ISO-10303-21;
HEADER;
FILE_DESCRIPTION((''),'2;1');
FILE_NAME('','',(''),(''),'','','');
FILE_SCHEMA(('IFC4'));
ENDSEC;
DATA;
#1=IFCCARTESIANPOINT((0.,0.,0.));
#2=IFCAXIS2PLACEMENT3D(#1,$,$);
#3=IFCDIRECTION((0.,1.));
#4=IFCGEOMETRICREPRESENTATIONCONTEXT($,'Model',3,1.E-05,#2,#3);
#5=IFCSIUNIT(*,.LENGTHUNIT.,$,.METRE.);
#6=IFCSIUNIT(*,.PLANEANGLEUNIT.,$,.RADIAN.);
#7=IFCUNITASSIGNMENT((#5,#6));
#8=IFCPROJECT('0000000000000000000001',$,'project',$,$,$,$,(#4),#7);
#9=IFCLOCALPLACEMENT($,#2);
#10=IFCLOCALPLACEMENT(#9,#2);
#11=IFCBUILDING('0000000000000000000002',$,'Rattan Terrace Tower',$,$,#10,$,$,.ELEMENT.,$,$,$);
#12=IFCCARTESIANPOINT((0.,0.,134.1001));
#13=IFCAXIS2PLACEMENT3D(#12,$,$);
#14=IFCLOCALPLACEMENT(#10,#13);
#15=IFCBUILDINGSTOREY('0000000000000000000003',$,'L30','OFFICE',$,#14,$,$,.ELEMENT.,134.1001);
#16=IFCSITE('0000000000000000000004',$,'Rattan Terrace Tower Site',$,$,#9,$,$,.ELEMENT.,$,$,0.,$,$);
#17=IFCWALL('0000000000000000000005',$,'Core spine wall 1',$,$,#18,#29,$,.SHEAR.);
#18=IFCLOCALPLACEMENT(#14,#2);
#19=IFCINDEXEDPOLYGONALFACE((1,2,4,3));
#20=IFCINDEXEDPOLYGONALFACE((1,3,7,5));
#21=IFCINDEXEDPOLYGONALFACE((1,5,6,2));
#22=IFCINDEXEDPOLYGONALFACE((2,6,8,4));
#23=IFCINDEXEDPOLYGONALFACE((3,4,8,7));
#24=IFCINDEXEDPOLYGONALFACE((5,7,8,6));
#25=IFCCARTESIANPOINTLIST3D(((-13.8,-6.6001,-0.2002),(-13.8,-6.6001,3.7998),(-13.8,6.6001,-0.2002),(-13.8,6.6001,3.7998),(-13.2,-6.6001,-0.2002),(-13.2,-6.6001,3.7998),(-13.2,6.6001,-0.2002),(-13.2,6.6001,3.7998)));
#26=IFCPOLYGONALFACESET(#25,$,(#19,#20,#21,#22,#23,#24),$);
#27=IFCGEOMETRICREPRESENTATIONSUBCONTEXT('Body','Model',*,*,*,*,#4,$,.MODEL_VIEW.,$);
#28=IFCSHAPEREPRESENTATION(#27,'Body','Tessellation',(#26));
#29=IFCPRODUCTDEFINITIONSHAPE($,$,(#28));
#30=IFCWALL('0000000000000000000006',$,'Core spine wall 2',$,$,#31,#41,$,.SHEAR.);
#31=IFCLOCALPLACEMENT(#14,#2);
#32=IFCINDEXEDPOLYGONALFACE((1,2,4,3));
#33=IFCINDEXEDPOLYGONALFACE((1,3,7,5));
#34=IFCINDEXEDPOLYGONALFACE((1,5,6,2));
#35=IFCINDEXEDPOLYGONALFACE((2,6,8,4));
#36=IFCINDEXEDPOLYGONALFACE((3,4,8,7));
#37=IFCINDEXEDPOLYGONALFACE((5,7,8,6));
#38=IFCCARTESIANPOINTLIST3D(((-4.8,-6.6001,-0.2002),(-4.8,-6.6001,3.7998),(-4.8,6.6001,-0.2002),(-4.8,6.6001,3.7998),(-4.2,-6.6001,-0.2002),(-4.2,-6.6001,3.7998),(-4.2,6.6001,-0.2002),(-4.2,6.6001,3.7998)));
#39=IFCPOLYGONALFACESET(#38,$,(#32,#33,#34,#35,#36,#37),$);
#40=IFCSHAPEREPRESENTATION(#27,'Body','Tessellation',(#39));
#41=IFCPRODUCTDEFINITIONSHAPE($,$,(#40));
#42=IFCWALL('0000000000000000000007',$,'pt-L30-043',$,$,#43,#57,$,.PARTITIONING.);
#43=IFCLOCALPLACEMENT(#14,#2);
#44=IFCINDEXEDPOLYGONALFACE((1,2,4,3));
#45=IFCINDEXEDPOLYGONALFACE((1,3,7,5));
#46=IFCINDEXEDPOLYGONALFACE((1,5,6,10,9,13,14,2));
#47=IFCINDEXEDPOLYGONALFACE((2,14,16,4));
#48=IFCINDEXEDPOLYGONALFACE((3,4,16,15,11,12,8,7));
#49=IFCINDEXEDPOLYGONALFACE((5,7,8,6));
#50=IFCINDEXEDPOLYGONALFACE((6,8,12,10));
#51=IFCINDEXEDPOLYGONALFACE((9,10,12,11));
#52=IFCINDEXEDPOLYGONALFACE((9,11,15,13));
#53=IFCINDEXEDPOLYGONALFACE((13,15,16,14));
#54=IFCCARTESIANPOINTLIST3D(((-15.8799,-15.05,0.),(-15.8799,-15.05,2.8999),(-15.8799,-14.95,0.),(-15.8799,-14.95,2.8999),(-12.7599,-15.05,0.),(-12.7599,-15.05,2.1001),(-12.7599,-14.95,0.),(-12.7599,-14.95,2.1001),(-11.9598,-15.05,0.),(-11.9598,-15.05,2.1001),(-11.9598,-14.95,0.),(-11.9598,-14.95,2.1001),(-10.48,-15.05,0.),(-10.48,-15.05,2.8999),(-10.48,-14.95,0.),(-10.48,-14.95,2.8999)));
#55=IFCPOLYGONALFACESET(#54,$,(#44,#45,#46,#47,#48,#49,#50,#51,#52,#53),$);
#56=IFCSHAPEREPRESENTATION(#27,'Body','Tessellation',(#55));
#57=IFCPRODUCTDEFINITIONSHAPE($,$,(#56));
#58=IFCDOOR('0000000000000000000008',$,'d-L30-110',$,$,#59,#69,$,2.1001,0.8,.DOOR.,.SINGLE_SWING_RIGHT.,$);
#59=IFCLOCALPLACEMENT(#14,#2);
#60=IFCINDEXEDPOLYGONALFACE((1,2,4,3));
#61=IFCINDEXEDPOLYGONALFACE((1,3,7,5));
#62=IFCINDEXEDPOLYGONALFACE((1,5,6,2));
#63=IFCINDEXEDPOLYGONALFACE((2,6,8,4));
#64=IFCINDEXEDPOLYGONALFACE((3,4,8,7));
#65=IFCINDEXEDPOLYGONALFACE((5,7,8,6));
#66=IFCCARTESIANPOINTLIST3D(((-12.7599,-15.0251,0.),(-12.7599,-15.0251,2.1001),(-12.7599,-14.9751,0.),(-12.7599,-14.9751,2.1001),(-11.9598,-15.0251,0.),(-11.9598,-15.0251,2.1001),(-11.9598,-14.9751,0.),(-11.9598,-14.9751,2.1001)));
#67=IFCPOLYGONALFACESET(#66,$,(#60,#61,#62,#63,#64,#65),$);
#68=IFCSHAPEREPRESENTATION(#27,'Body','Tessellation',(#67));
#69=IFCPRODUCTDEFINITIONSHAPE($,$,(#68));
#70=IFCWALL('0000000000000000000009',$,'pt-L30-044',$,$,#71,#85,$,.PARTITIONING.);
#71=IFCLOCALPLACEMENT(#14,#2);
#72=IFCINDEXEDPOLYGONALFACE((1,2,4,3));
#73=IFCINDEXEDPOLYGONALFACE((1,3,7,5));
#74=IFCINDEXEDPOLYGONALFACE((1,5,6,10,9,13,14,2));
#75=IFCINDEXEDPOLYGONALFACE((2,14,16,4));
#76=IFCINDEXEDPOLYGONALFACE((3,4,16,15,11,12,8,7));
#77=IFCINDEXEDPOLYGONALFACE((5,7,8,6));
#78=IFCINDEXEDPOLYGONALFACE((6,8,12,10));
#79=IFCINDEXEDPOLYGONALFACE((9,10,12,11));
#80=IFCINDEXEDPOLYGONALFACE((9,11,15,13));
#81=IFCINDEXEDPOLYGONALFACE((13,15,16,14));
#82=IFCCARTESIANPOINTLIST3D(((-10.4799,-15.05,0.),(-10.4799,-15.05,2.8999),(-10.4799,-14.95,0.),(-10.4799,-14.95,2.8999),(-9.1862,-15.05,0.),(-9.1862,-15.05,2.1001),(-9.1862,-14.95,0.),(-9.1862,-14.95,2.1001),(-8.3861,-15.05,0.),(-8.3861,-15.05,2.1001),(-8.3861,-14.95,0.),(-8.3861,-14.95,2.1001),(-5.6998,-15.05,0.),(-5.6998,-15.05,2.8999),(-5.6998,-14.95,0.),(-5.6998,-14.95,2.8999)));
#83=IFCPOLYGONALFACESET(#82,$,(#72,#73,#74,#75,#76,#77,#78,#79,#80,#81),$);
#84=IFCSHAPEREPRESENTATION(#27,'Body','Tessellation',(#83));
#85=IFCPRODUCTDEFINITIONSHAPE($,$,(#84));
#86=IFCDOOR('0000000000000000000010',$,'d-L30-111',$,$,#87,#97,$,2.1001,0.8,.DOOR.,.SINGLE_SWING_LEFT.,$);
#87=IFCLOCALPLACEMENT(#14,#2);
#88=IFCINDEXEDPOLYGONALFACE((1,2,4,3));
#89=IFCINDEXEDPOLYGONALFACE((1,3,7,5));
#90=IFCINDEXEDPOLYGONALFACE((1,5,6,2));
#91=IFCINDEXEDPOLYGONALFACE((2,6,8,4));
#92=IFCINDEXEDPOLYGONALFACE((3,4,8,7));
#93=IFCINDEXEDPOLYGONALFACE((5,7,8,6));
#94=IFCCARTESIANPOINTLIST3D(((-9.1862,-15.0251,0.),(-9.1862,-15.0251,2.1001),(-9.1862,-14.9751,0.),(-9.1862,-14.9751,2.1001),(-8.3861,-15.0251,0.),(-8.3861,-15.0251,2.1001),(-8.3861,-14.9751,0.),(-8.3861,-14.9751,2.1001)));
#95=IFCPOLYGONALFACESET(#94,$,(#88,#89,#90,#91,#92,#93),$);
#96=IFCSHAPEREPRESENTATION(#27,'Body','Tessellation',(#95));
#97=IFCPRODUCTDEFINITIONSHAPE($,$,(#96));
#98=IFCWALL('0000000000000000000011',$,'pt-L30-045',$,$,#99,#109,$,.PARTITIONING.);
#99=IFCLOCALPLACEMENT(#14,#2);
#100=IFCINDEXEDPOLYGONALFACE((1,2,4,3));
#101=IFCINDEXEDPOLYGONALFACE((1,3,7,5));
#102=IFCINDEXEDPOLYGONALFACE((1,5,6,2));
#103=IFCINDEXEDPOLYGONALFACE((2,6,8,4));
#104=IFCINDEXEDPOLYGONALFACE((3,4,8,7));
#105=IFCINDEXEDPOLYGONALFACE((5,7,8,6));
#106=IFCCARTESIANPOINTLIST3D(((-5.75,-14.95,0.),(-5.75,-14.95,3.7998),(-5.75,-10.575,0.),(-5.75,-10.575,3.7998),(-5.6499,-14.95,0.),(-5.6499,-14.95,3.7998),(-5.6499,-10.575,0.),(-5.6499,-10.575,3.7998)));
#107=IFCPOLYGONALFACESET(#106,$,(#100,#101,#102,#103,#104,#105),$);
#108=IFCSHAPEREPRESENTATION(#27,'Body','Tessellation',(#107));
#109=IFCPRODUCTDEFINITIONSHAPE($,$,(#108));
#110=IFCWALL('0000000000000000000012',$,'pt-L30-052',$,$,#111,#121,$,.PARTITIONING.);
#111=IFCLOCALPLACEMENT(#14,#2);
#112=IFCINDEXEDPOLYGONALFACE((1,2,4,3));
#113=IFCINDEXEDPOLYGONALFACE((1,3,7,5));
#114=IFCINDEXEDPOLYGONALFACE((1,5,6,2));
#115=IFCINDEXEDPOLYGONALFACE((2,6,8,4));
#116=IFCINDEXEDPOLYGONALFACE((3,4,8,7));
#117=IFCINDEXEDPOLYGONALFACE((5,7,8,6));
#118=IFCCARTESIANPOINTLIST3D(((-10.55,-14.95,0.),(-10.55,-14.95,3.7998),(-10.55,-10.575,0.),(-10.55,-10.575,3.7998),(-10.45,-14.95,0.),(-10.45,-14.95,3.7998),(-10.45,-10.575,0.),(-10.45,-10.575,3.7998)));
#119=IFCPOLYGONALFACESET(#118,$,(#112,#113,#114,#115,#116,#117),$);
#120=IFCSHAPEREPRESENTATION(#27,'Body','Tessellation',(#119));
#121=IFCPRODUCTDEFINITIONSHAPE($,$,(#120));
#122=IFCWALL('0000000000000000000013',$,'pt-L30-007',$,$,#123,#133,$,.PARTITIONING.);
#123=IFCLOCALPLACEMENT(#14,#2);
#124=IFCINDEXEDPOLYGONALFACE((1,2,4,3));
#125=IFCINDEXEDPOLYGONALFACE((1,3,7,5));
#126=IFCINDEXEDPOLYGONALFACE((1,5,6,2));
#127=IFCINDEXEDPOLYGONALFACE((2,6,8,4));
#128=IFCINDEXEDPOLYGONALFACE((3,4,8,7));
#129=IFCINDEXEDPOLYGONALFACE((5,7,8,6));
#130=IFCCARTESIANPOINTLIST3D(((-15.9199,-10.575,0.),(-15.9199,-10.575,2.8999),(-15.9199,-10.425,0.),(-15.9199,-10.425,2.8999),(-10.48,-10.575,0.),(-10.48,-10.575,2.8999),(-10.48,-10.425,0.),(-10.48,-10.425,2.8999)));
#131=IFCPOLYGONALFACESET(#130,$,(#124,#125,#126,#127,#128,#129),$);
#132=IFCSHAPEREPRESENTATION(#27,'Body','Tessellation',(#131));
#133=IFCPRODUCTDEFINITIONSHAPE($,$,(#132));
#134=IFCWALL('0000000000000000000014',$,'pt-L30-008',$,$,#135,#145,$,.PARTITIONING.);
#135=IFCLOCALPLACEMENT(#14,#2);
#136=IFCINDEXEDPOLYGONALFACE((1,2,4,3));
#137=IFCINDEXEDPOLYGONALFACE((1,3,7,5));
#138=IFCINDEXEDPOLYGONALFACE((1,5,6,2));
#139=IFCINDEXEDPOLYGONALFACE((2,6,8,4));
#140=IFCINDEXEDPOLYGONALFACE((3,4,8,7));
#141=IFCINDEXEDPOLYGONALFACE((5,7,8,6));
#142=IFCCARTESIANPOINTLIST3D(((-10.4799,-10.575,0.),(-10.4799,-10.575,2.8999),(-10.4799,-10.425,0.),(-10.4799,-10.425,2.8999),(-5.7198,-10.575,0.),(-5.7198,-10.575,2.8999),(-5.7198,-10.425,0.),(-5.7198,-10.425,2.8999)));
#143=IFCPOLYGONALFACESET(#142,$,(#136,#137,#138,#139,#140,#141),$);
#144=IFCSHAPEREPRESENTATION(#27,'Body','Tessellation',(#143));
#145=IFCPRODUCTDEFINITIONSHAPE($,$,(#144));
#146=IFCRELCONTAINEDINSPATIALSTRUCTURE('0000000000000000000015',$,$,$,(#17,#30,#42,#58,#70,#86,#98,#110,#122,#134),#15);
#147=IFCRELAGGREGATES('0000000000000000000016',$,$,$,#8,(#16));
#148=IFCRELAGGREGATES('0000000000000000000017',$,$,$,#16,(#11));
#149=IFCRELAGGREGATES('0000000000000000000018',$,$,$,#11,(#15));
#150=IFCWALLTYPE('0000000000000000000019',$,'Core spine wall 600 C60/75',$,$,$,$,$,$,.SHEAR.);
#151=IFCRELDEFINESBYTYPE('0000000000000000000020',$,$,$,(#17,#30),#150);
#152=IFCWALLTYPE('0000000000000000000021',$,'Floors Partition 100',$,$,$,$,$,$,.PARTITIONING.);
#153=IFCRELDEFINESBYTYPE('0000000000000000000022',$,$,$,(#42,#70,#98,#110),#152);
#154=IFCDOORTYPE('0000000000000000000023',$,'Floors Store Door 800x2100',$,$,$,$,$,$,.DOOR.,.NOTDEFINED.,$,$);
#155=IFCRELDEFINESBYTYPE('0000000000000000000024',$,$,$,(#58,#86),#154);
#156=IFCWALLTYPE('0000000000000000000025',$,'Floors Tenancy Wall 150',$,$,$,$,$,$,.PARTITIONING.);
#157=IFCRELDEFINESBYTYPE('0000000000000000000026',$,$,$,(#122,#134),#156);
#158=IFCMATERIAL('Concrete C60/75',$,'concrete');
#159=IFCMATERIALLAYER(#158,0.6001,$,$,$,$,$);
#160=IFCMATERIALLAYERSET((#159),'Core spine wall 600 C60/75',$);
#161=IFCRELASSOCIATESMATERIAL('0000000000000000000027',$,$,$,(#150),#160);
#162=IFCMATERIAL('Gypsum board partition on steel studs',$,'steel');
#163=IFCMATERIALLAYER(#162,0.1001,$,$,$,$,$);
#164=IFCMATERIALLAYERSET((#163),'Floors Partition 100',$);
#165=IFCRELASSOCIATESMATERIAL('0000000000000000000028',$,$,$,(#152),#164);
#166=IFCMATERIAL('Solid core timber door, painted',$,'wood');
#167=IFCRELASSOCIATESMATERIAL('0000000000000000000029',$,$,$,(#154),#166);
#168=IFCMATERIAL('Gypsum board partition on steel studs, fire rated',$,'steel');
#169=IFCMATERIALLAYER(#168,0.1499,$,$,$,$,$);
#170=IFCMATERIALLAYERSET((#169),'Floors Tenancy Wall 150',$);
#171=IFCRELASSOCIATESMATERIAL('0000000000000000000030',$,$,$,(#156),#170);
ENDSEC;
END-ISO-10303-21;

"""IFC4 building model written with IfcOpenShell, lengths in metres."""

from ifc_helpers import new_model, si_unit, direction, frame, frame_2d, origin, place, context, subcontext, project, spatial, rectangle, extrude, material, layer, layer_set, type_object, element, fill, save


model = new_model("IFC4")

# Units and contexts
model_context = context("Model", 3, precision=1e-05, world=origin(), true_north=direction((0.0, 1.0)))
body_context = subcontext(model_context, "Body", "Model", "MODEL_VIEW")
ifc_project = project(units=[si_unit("LENGTHUNIT", "METRE"), si_unit("PLANEANGLEUNIT", "RADIAN")], contexts=[model_context])

# Site, building, storey
site_placement = place(None, origin())
site = spatial("IfcSite", under=ifc_project, at=site_placement, Name="Rattan Terrace Tower Site", CompositionType="ELEMENT", RefElevation=0.0)
building_placement = place(site_placement, origin())
building = spatial("IfcBuilding", under=site, at=building_placement, Name="Rattan Terrace Tower", CompositionType="ELEMENT")
storey_placement = place(building_placement, frame((0.0, 0.0, 134.1001)))
storey = spatial("IfcBuildingStorey", under=building, at=storey_placement, Name="L30", Description="OFFICE", CompositionType="ELEMENT", Elevation=134.1001)

# Walls
ifc_material_1 = material(Name="Concrete C60/75", Category="concrete")
ifc_layer_1 = layer(ifc_material_1, 0.6001)
ifc_layer_set_1 = layer_set([ifc_layer_1], Name="Core spine wall 600 C60/75")
wall_type_1 = type_object("IfcWallType", Name="Core spine wall 600 C60/75", PredefinedType="SHEAR", material=ifc_layer_set_1)
for number, where, z_axis, x_axis, name in (
    (1, (-13.5, -6.6001, -0.2002), (0.0, 0.0, 1.0), (0.0, 1.0, 0.0), "Core spine wall 1"),
    (2, (-4.5, -6.6001, -0.2002), (0.0, 0.0, 1.0), (0.0, 1.0, 0.0), "Core spine wall 2"),
):
    element("IfcWall", number, at=place(storey_placement, frame(where, z_axis=z_axis, x_axis=x_axis)), inside=storey, type_object=wall_type_1, Name=name, PredefinedType="SHEAR", context=body_context, shape_type="SweptSolid", body=[
        extrude(rectangle(XDim=13.2002, YDim=0.6001, at=frame_2d((6.6001, 0.0))), origin(), (0.0, 0.0, 1.0), 4.0),
    ])

# Walls, openings, doors
ifc_material_2 = material(Name="Gypsum board partition on steel studs", Category="steel")
ifc_layer_2 = layer(ifc_material_2, 0.1001)
ifc_layer_set_2 = layer_set([ifc_layer_2], Name="Floors Partition 100")
wall_type_2 = type_object("IfcWallType", Name="Floors Partition 100", PredefinedType="PARTITIONING", material=ifc_layer_set_2)
wall_1_placement = place(storey_placement, frame((-15.8799, -15.0, 0.0), z_axis=(0.0, 0.0, 1.0), x_axis=(1.0, 0.0, 0.0)))
wall_1 = element("IfcWall", 3, at=wall_1_placement, inside=storey, type_object=wall_type_2, Name="pt-L30-043", PredefinedType="PARTITIONING", context=body_context, shape_type="SweptSolid", body=[
    extrude(rectangle(XDim=5.3999, YDim=0.1001, at=frame_2d((2.7, 0.0))), origin(), (0.0, 0.0, 1.0), 2.8999),
])
opening_1_placement = place(wall_1_placement, frame((3.1201, 0.0, 0.0)))
opening_1 = element("IfcOpeningElement", 4, at=opening_1_placement, cuts=wall_1, PredefinedType="OPENING", context=body_context, shape_type="SweptSolid", body=[
    extrude(rectangle(XDim=0.8, YDim=2.1001, at=frame_2d((0.3999, 1.05))), frame((0.0, 0.0605, 0.0), z_axis=(0.0, -1.0, 0.0), x_axis=(1.0, 0.0, 0.0)), (0.0, 0.0, 1.0), 0.1211),
])
ifc_material_3 = material(Name="Solid core timber door, painted", Category="wood")
door_type_1 = type_object("IfcDoorType", Name="Floors Store Door 800x2100", OperationType="NOTDEFINED", PredefinedType="DOOR", material=ifc_material_3)
door_1_placement = place(opening_1_placement, origin())
door_1 = element("IfcDoor", 5, at=door_1_placement, inside=storey, type_object=door_type_1, Name="d-L30-110", OperationType="SINGLE_SWING_RIGHT", OverallHeight=2.1001, OverallWidth=0.8, PredefinedType="DOOR", context=body_context, shape_type="SweptSolid", body=[
    extrude(rectangle(XDim=0.8, YDim=2.1001, at=frame_2d((0.3999, 1.05))), frame((0.0, 0.0249, 0.0), z_axis=(0.0, -1.0, 0.0), x_axis=(1.0, 0.0, 0.0)), (0.0, 0.0, 1.0), 0.05),
])
fill(opening_1, door_1)
wall_2_placement = place(storey_placement, frame((-10.48, -15.0, 0.0), z_axis=(0.0, 0.0, 1.0), x_axis=(1.0, 0.0, 0.0)))
wall_2 = element("IfcWall", 6, at=wall_2_placement, inside=storey, type_object=wall_type_2, Name="pt-L30-044", PredefinedType="PARTITIONING", context=body_context, shape_type="SweptSolid", body=[
    extrude(rectangle(XDim=4.78, YDim=0.1001, at=frame_2d((2.3901, 0.0))), origin(), (0.0, 0.0, 1.0), 2.8999),
])
opening_2_placement = place(wall_2_placement, frame((1.2939, 0.0, 0.0)))
opening_2 = element("IfcOpeningElement", 7, at=opening_2_placement, cuts=wall_2, PredefinedType="OPENING", context=body_context, shape_type="SweptSolid", body=[
    extrude(rectangle(XDim=0.8, YDim=2.1001, at=frame_2d((0.3999, 1.05))), frame((0.0, 0.0605, 0.0), z_axis=(0.0, -1.0, 0.0), x_axis=(1.0, 0.0, 0.0)), (0.0, 0.0, 1.0), 0.1211),
])
door_2_placement = place(opening_2_placement, origin())
door_2 = element("IfcDoor", 8, at=door_2_placement, inside=storey, type_object=door_type_1, Name="d-L30-111", OperationType="SINGLE_SWING_LEFT", OverallHeight=2.1001, OverallWidth=0.8, PredefinedType="DOOR", context=body_context, shape_type="SweptSolid", body=[
    extrude(rectangle(XDim=0.8, YDim=2.1001, at=frame_2d((0.3999, 1.05))), frame((0.0, 0.0249, 0.0), z_axis=(0.0, -1.0, 0.0), x_axis=(1.0, 0.0, 0.0)), (0.0, 0.0, 1.0), 0.05),
])
fill(opening_2, door_2)

# Walls
for number, where, z_axis, x_axis, name in (
    (9, (-5.7, -14.95, 0.0), (0.0, 0.0, 1.0), (0.0, 1.0, 0.0), "pt-L30-045"),
    (10, (-10.5, -10.575, 0.0), (0.0, 0.0, 1.0), (0.0, -1.0, 0.0), "pt-L30-052"),
):
    element("IfcWall", number, at=place(storey_placement, frame(where, z_axis=z_axis, x_axis=x_axis)), inside=storey, type_object=wall_type_2, Name=name, PredefinedType="PARTITIONING", context=body_context, shape_type="SweptSolid", body=[
        extrude(rectangle(XDim=4.375, YDim=0.1001, at=frame_2d((2.1875, 0.0))), origin(), (0.0, 0.0, 1.0), 3.7998),
    ])
ifc_material_4 = material(Name="Gypsum board partition on steel studs, fire rated", Category="steel")
ifc_layer_3 = layer(ifc_material_4, 0.1499)
ifc_layer_set_3 = layer_set([ifc_layer_3], Name="Floors Tenancy Wall 150")
wall_type_3 = type_object("IfcWallType", Name="Floors Tenancy Wall 150", PredefinedType="PARTITIONING", material=ifc_layer_set_3)
wall_3_placement = place(storey_placement, frame((-10.48, -10.5, 0.0), z_axis=(0.0, 0.0, 1.0), x_axis=(-1.0, 0.0, 0.0)))
element("IfcWall", 11, at=wall_3_placement, inside=storey, type_object=wall_type_3, Name="pt-L30-007", PredefinedType="PARTITIONING", context=body_context, shape_type="SweptSolid", body=[
    extrude(rectangle(XDim=5.4399, YDim=0.1499, at=frame_2d((2.72, 0.0))), origin(), (0.0, 0.0, 1.0), 2.8999),
])
wall_4_placement = place(storey_placement, frame((-5.72, -10.5, 0.0), z_axis=(0.0, 0.0, 1.0), x_axis=(-1.0, 0.0, 0.0)))
element("IfcWall", 12, at=wall_4_placement, inside=storey, type_object=wall_type_3, Name="pt-L30-008", PredefinedType="PARTITIONING", context=body_context, shape_type="SweptSolid", body=[
    extrude(rectangle(XDim=4.76, YDim=0.1499, at=frame_2d((2.3799, 0.0))), origin(), (0.0, 0.0, 1.0), 2.8999),
])

save(model, "model.ifc")
